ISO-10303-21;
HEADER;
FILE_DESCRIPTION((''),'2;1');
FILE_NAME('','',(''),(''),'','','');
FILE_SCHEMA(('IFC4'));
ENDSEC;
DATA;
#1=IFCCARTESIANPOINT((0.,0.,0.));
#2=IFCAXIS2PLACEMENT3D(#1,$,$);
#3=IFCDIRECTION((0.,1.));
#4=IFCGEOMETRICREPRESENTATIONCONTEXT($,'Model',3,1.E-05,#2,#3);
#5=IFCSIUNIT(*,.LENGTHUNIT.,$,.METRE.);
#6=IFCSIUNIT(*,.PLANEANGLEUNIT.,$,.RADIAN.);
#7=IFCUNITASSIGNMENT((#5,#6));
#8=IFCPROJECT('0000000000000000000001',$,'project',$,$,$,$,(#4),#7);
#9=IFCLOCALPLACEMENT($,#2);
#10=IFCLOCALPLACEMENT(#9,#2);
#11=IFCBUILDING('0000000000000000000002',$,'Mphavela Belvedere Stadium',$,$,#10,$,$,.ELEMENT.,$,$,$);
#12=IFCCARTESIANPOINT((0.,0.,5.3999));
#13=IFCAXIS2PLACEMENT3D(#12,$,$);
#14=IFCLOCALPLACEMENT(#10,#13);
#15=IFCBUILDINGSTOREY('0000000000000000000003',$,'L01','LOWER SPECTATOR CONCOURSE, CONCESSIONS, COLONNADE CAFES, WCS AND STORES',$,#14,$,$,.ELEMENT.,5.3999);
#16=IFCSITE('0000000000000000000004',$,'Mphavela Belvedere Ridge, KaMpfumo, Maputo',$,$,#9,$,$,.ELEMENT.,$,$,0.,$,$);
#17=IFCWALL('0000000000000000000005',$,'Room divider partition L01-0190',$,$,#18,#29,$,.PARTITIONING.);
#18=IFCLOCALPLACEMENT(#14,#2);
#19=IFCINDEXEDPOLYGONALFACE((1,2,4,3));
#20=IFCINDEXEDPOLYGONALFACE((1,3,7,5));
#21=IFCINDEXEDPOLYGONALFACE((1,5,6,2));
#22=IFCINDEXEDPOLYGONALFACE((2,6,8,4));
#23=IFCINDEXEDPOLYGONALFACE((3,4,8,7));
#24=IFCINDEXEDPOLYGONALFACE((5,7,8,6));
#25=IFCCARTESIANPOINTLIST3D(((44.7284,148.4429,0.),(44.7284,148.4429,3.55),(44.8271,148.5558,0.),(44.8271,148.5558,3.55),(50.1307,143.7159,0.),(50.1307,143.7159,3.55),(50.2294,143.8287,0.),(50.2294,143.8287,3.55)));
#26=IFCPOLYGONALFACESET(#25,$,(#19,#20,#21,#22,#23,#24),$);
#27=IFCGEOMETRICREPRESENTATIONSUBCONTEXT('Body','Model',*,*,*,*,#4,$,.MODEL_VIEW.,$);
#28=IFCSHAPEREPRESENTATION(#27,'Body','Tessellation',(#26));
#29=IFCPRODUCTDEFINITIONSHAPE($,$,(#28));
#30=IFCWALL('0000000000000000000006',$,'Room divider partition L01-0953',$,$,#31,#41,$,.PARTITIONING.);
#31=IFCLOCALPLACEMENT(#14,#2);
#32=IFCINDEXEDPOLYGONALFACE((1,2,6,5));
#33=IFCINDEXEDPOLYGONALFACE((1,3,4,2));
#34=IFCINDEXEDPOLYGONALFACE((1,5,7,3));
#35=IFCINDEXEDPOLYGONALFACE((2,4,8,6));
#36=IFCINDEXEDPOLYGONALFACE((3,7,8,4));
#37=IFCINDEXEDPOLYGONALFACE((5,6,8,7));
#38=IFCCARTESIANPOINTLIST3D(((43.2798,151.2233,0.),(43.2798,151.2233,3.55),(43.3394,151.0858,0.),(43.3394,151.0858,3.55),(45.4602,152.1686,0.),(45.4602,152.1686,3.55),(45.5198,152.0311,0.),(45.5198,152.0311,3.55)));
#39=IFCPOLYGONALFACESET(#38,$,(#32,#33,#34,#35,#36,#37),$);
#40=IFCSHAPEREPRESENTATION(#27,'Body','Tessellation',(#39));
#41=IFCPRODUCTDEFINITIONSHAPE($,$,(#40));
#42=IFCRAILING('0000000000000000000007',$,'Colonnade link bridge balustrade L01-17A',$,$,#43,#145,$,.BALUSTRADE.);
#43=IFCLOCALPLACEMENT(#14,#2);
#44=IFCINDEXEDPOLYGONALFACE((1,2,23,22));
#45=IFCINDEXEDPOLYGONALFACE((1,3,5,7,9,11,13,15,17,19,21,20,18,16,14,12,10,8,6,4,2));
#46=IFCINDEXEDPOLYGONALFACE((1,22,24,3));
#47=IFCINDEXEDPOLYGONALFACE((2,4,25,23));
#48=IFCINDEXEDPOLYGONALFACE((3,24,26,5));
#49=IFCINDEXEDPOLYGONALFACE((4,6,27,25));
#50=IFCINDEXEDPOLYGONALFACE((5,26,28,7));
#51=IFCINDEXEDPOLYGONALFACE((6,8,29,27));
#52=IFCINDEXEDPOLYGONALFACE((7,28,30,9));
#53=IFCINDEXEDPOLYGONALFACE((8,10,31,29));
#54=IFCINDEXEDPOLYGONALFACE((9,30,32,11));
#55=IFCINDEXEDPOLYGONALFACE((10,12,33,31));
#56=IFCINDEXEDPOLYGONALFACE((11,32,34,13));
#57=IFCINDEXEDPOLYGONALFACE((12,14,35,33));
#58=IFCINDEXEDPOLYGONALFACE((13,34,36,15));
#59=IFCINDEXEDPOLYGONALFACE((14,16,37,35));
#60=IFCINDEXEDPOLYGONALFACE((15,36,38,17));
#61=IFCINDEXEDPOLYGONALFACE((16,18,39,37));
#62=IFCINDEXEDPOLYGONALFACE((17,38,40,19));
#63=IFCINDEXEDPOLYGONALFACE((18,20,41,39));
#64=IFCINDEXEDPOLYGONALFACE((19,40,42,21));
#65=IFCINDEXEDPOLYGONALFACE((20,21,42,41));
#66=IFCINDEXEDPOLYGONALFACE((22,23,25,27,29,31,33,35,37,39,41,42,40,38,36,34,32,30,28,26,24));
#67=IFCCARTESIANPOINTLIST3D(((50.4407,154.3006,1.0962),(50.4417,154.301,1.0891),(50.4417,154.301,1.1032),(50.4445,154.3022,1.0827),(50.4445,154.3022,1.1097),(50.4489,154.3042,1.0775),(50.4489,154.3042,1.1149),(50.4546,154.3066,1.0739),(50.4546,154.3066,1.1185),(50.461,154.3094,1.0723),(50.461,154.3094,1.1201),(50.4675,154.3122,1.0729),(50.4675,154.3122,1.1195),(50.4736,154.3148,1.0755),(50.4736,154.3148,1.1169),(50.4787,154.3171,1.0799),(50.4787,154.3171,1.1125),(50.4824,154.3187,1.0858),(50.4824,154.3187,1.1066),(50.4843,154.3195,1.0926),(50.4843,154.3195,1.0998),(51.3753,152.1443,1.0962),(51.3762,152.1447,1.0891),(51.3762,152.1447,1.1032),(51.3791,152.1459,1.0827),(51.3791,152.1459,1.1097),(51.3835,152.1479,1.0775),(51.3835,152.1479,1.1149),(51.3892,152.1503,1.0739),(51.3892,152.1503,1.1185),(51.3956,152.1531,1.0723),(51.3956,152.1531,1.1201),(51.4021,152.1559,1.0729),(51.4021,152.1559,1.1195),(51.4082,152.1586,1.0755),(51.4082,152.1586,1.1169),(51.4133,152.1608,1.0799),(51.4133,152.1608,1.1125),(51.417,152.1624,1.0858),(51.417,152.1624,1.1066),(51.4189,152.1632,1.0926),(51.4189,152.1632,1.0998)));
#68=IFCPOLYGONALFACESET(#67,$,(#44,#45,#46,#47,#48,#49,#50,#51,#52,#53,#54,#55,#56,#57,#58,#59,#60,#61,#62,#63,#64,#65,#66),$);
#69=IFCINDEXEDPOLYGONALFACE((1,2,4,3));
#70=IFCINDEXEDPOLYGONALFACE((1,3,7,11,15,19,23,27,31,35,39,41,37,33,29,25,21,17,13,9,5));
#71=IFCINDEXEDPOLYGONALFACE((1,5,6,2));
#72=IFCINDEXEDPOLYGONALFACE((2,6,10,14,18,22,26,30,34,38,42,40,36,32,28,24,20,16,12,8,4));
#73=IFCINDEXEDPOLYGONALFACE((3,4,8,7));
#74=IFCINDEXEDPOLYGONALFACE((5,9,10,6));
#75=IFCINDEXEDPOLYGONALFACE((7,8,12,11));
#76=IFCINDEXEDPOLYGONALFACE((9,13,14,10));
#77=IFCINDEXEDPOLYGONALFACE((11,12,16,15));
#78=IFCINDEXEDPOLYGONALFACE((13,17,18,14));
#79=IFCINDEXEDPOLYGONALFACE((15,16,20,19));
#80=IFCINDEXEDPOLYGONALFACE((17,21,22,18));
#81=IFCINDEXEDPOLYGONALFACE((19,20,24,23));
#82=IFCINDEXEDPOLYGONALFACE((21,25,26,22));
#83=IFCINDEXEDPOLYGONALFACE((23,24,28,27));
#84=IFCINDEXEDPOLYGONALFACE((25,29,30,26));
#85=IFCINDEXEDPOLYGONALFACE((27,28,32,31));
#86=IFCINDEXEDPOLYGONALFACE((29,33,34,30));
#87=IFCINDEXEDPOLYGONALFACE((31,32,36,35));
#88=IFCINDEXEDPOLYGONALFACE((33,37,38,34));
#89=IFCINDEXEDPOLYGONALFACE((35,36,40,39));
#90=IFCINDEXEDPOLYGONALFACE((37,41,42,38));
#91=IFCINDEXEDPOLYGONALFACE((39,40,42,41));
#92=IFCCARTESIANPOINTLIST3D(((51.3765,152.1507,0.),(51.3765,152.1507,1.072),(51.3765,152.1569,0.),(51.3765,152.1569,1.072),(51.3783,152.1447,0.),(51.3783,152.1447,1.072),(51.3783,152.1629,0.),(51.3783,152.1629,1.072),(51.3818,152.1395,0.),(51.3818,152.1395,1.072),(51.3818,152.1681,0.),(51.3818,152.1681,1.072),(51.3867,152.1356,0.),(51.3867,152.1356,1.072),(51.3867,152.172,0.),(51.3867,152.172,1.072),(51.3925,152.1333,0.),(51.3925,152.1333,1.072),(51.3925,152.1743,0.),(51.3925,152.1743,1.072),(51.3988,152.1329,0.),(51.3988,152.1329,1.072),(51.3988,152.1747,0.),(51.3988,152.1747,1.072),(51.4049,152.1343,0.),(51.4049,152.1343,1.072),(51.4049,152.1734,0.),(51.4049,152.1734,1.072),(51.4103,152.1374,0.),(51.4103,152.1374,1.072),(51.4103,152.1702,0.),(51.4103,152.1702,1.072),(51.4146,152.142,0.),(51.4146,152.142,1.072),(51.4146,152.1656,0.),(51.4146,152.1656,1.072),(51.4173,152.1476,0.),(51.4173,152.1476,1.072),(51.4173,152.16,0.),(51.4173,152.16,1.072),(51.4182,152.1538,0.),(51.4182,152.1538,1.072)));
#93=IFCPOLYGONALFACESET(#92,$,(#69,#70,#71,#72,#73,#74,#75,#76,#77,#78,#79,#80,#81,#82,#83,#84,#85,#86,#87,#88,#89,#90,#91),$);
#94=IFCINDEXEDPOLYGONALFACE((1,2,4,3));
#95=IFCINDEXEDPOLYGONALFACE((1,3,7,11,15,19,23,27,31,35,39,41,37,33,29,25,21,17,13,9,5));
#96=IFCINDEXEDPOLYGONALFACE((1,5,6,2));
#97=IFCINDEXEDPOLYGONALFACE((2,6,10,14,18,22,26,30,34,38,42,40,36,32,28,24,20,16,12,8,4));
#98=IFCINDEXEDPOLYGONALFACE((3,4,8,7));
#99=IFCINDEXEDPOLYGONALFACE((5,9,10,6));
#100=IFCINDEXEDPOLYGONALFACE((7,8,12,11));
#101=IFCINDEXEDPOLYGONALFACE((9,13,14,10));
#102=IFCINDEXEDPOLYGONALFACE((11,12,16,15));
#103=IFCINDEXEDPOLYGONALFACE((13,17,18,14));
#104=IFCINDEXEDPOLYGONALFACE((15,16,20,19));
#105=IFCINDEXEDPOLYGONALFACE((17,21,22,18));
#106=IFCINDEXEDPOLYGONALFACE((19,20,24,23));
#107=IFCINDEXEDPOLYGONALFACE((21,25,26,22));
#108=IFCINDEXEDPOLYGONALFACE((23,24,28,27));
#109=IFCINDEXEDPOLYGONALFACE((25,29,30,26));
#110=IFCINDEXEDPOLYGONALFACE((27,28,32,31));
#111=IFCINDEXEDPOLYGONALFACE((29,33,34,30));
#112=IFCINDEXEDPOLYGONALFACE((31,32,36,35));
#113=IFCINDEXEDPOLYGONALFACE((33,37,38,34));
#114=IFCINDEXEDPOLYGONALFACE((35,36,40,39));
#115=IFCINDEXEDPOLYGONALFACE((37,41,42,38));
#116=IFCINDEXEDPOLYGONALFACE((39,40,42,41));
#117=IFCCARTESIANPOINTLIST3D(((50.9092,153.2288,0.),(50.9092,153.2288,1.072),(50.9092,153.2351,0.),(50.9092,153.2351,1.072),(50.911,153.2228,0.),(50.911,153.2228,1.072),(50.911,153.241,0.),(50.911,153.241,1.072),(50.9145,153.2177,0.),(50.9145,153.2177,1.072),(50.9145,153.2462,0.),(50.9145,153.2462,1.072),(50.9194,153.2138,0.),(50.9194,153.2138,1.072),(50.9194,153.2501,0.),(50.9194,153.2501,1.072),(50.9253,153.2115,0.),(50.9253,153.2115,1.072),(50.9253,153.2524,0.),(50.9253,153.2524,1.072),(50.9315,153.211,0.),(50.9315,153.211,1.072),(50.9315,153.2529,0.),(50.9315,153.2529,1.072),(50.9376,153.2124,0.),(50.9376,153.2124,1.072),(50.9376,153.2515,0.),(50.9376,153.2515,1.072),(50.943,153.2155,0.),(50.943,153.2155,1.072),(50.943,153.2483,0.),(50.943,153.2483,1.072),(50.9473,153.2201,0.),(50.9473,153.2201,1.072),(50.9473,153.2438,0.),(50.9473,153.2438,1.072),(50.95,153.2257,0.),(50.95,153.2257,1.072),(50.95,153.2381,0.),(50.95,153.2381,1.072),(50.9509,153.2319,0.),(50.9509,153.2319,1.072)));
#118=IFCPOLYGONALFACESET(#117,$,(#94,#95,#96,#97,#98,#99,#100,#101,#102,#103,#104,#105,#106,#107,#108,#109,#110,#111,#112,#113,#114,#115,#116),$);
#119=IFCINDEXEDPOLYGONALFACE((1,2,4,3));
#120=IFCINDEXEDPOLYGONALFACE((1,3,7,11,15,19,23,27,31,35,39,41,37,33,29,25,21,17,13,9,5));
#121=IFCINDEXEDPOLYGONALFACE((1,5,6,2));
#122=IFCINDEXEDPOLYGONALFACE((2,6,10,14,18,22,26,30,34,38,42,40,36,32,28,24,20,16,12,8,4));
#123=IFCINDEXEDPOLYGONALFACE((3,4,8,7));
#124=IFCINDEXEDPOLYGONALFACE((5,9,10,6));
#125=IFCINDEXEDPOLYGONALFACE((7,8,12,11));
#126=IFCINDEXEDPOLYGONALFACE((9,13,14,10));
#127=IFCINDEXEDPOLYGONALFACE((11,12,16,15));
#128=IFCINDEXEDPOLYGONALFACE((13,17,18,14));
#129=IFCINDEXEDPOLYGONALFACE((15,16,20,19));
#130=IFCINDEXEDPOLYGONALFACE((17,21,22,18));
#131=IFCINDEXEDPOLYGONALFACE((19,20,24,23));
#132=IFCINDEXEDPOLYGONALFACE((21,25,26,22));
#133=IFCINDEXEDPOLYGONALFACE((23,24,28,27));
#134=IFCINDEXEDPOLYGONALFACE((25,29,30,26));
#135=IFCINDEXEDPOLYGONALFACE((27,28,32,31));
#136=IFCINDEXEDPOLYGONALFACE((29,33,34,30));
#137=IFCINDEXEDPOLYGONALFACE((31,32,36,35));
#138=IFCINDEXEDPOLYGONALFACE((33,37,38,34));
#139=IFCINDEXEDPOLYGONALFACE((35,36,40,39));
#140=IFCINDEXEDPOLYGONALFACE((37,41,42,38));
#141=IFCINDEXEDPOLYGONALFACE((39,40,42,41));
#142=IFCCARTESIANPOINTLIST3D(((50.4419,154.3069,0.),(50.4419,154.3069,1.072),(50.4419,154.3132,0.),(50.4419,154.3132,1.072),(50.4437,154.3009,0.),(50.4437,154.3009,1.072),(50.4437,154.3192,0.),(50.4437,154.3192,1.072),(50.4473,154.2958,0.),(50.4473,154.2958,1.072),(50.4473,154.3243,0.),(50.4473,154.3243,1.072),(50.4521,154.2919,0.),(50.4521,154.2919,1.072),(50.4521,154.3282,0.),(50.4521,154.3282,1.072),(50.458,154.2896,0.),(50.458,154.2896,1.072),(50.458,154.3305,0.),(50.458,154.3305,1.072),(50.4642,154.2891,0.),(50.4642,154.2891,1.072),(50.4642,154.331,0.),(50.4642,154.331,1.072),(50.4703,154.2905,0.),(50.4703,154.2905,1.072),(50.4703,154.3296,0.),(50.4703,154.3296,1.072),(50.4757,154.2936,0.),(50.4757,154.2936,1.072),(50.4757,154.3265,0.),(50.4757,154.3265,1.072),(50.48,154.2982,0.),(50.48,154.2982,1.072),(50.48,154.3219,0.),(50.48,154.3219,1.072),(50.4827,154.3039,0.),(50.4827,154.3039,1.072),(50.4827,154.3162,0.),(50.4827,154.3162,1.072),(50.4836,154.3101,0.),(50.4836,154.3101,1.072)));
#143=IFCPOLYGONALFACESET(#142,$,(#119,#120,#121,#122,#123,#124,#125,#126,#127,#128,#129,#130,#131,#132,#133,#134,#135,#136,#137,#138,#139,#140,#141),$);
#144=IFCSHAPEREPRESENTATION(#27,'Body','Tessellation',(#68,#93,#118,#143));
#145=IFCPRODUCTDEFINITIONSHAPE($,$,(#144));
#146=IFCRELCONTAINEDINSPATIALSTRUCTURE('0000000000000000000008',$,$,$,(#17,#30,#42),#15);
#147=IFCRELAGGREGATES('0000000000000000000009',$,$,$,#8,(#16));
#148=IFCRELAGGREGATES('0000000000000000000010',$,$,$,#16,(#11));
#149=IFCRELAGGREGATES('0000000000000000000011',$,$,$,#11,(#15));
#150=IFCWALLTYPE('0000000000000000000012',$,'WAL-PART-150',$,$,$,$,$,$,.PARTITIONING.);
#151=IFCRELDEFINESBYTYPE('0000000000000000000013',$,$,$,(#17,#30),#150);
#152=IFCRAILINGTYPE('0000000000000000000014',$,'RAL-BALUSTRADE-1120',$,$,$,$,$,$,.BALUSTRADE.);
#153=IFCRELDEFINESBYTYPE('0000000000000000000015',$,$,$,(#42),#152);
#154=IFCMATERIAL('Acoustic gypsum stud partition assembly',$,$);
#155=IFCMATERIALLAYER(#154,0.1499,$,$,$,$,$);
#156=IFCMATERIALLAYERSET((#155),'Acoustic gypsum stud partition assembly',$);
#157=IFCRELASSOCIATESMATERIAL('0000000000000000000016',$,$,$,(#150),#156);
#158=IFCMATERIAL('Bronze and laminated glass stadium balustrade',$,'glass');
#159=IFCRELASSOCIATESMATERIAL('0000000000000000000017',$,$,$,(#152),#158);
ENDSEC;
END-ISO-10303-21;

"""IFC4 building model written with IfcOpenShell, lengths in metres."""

from ifc_helpers import new_model, si_unit, direction, frame, frame_2d, origin, origin_2d, place, context, subcontext, project, spatial, rectangle, circle, extrude, material, layer, layer_set, type_object, element, save


model = new_model("IFC4")

# Units and contexts
model_context = context("Model", 3, precision=1e-05, world=origin(), true_north=direction((0.0, 1.0)))
body_context = subcontext(model_context, "Body", "Model", "MODEL_VIEW")
ifc_project = project(units=[si_unit("LENGTHUNIT", "METRE"), si_unit("PLANEANGLEUNIT", "RADIAN")], contexts=[model_context])

# Site, building, storey
site_placement = place(None, origin())
site = spatial("IfcSite", under=ifc_project, at=site_placement, Name="Mphavela Belvedere Ridge, KaMpfumo, Maputo", CompositionType="ELEMENT", RefElevation=0.0)
building_placement = place(site_placement, origin())
building = spatial("IfcBuilding", under=site, at=building_placement, Name="Mphavela Belvedere Stadium", CompositionType="ELEMENT")
storey_placement = place(building_placement, frame((0.0, 0.0, 5.3999)))
storey = spatial("IfcBuildingStorey", under=building, at=storey_placement, Name="L01", Description="LOWER SPECTATOR CONCOURSE, CONCESSIONS, COLONNADE CAFES, WCS AND STORES", CompositionType="ELEMENT", Elevation=5.3999)

# Shared definitions
ifc_material_1 = material(Name="Acoustic gypsum stud partition assembly")
ifc_layer_1 = layer(ifc_material_1, 0.1499)
ifc_layer_set_1 = layer_set([ifc_layer_1], Name="Acoustic gypsum stud partition assembly")
wall_type_1 = type_object("IfcWallType", Name="WAL-PART-150", PredefinedType="PARTITIONING", material=ifc_layer_set_1)

# Walls
wall_1_placement = place(storey_placement, frame((50.1802, 143.7722, 0.0), z_axis=(0.0, 0.0, 1.0), x_axis=(-0.752577, 0.658505, 0.0)))
element("IfcWall", 1, at=wall_1_placement, inside=storey, type_object=wall_type_1, Name="Room divider partition L01-0190", PredefinedType="PARTITIONING", context=body_context, shape_type="SweptSolid", body=[
    extrude(rectangle(XDim=7.1785, YDim=0.1499, at=frame_2d((3.5894, 0.0))), origin(), (0.0, 0.0, 1.0), 3.55),
])
wall_2_placement = place(storey_placement, frame((45.49, 152.0999, 0.0), z_axis=(0.0, 0.0, 1.0), x_axis=(-0.917484, -0.397772, 0.0)))
element("IfcWall", 2, at=wall_2_placement, inside=storey, type_object=wall_type_1, Name="Room divider partition L01-0953", PredefinedType="PARTITIONING", context=body_context, shape_type="SweptSolid", body=[
    extrude(rectangle(XDim=2.3765, YDim=0.1499, at=frame_2d((1.1882, 0.0))), origin(), (0.0, 0.0, 1.0), 3.55),
])

# Railing
ifc_material_2 = material(Name="Bronze and laminated glass stadium balustrade", Category="glass")
railing_type = type_object("IfcRailingType", Name="RAL-BALUSTRADE-1120", PredefinedType="BALUSTRADE", material=ifc_material_2)
railing_1_placement = place(storey_placement, frame((51.3972, 152.1538, 0.0)))
element("IfcRailing", 3, at=railing_1_placement, inside=storey, type_object=railing_type, Name="Colonnade link bridge balustrade L01-17A", PredefinedType="BALUSTRADE", context=body_context, shape_type="SweptSolid", body=[
    extrude(circle(Radius=0.0239, at=origin_2d()), frame((0.0, 0.0, 1.0962), z_axis=(-0.397677, 0.917525, 0.0), x_axis=(-0.917525, -0.397677, 0.0)), (0.0, 0.0, 1.0), 2.3501),
    extrude(circle(Radius=0.021, at=origin_2d()), origin(), (0.0, 0.0, 1.0), 1.072),
    extrude(circle(Radius=0.021, at=origin_2d()), frame((-0.4673, 1.0781, 0.0)), (0.0, 0.0, 1.0), 1.072),
    extrude(circle(Radius=0.021, at=origin_2d()), frame((-0.9346, 2.1562, 0.0)), (0.0, 0.0, 1.0), 1.072),
])

save(model, "model.ifc")
